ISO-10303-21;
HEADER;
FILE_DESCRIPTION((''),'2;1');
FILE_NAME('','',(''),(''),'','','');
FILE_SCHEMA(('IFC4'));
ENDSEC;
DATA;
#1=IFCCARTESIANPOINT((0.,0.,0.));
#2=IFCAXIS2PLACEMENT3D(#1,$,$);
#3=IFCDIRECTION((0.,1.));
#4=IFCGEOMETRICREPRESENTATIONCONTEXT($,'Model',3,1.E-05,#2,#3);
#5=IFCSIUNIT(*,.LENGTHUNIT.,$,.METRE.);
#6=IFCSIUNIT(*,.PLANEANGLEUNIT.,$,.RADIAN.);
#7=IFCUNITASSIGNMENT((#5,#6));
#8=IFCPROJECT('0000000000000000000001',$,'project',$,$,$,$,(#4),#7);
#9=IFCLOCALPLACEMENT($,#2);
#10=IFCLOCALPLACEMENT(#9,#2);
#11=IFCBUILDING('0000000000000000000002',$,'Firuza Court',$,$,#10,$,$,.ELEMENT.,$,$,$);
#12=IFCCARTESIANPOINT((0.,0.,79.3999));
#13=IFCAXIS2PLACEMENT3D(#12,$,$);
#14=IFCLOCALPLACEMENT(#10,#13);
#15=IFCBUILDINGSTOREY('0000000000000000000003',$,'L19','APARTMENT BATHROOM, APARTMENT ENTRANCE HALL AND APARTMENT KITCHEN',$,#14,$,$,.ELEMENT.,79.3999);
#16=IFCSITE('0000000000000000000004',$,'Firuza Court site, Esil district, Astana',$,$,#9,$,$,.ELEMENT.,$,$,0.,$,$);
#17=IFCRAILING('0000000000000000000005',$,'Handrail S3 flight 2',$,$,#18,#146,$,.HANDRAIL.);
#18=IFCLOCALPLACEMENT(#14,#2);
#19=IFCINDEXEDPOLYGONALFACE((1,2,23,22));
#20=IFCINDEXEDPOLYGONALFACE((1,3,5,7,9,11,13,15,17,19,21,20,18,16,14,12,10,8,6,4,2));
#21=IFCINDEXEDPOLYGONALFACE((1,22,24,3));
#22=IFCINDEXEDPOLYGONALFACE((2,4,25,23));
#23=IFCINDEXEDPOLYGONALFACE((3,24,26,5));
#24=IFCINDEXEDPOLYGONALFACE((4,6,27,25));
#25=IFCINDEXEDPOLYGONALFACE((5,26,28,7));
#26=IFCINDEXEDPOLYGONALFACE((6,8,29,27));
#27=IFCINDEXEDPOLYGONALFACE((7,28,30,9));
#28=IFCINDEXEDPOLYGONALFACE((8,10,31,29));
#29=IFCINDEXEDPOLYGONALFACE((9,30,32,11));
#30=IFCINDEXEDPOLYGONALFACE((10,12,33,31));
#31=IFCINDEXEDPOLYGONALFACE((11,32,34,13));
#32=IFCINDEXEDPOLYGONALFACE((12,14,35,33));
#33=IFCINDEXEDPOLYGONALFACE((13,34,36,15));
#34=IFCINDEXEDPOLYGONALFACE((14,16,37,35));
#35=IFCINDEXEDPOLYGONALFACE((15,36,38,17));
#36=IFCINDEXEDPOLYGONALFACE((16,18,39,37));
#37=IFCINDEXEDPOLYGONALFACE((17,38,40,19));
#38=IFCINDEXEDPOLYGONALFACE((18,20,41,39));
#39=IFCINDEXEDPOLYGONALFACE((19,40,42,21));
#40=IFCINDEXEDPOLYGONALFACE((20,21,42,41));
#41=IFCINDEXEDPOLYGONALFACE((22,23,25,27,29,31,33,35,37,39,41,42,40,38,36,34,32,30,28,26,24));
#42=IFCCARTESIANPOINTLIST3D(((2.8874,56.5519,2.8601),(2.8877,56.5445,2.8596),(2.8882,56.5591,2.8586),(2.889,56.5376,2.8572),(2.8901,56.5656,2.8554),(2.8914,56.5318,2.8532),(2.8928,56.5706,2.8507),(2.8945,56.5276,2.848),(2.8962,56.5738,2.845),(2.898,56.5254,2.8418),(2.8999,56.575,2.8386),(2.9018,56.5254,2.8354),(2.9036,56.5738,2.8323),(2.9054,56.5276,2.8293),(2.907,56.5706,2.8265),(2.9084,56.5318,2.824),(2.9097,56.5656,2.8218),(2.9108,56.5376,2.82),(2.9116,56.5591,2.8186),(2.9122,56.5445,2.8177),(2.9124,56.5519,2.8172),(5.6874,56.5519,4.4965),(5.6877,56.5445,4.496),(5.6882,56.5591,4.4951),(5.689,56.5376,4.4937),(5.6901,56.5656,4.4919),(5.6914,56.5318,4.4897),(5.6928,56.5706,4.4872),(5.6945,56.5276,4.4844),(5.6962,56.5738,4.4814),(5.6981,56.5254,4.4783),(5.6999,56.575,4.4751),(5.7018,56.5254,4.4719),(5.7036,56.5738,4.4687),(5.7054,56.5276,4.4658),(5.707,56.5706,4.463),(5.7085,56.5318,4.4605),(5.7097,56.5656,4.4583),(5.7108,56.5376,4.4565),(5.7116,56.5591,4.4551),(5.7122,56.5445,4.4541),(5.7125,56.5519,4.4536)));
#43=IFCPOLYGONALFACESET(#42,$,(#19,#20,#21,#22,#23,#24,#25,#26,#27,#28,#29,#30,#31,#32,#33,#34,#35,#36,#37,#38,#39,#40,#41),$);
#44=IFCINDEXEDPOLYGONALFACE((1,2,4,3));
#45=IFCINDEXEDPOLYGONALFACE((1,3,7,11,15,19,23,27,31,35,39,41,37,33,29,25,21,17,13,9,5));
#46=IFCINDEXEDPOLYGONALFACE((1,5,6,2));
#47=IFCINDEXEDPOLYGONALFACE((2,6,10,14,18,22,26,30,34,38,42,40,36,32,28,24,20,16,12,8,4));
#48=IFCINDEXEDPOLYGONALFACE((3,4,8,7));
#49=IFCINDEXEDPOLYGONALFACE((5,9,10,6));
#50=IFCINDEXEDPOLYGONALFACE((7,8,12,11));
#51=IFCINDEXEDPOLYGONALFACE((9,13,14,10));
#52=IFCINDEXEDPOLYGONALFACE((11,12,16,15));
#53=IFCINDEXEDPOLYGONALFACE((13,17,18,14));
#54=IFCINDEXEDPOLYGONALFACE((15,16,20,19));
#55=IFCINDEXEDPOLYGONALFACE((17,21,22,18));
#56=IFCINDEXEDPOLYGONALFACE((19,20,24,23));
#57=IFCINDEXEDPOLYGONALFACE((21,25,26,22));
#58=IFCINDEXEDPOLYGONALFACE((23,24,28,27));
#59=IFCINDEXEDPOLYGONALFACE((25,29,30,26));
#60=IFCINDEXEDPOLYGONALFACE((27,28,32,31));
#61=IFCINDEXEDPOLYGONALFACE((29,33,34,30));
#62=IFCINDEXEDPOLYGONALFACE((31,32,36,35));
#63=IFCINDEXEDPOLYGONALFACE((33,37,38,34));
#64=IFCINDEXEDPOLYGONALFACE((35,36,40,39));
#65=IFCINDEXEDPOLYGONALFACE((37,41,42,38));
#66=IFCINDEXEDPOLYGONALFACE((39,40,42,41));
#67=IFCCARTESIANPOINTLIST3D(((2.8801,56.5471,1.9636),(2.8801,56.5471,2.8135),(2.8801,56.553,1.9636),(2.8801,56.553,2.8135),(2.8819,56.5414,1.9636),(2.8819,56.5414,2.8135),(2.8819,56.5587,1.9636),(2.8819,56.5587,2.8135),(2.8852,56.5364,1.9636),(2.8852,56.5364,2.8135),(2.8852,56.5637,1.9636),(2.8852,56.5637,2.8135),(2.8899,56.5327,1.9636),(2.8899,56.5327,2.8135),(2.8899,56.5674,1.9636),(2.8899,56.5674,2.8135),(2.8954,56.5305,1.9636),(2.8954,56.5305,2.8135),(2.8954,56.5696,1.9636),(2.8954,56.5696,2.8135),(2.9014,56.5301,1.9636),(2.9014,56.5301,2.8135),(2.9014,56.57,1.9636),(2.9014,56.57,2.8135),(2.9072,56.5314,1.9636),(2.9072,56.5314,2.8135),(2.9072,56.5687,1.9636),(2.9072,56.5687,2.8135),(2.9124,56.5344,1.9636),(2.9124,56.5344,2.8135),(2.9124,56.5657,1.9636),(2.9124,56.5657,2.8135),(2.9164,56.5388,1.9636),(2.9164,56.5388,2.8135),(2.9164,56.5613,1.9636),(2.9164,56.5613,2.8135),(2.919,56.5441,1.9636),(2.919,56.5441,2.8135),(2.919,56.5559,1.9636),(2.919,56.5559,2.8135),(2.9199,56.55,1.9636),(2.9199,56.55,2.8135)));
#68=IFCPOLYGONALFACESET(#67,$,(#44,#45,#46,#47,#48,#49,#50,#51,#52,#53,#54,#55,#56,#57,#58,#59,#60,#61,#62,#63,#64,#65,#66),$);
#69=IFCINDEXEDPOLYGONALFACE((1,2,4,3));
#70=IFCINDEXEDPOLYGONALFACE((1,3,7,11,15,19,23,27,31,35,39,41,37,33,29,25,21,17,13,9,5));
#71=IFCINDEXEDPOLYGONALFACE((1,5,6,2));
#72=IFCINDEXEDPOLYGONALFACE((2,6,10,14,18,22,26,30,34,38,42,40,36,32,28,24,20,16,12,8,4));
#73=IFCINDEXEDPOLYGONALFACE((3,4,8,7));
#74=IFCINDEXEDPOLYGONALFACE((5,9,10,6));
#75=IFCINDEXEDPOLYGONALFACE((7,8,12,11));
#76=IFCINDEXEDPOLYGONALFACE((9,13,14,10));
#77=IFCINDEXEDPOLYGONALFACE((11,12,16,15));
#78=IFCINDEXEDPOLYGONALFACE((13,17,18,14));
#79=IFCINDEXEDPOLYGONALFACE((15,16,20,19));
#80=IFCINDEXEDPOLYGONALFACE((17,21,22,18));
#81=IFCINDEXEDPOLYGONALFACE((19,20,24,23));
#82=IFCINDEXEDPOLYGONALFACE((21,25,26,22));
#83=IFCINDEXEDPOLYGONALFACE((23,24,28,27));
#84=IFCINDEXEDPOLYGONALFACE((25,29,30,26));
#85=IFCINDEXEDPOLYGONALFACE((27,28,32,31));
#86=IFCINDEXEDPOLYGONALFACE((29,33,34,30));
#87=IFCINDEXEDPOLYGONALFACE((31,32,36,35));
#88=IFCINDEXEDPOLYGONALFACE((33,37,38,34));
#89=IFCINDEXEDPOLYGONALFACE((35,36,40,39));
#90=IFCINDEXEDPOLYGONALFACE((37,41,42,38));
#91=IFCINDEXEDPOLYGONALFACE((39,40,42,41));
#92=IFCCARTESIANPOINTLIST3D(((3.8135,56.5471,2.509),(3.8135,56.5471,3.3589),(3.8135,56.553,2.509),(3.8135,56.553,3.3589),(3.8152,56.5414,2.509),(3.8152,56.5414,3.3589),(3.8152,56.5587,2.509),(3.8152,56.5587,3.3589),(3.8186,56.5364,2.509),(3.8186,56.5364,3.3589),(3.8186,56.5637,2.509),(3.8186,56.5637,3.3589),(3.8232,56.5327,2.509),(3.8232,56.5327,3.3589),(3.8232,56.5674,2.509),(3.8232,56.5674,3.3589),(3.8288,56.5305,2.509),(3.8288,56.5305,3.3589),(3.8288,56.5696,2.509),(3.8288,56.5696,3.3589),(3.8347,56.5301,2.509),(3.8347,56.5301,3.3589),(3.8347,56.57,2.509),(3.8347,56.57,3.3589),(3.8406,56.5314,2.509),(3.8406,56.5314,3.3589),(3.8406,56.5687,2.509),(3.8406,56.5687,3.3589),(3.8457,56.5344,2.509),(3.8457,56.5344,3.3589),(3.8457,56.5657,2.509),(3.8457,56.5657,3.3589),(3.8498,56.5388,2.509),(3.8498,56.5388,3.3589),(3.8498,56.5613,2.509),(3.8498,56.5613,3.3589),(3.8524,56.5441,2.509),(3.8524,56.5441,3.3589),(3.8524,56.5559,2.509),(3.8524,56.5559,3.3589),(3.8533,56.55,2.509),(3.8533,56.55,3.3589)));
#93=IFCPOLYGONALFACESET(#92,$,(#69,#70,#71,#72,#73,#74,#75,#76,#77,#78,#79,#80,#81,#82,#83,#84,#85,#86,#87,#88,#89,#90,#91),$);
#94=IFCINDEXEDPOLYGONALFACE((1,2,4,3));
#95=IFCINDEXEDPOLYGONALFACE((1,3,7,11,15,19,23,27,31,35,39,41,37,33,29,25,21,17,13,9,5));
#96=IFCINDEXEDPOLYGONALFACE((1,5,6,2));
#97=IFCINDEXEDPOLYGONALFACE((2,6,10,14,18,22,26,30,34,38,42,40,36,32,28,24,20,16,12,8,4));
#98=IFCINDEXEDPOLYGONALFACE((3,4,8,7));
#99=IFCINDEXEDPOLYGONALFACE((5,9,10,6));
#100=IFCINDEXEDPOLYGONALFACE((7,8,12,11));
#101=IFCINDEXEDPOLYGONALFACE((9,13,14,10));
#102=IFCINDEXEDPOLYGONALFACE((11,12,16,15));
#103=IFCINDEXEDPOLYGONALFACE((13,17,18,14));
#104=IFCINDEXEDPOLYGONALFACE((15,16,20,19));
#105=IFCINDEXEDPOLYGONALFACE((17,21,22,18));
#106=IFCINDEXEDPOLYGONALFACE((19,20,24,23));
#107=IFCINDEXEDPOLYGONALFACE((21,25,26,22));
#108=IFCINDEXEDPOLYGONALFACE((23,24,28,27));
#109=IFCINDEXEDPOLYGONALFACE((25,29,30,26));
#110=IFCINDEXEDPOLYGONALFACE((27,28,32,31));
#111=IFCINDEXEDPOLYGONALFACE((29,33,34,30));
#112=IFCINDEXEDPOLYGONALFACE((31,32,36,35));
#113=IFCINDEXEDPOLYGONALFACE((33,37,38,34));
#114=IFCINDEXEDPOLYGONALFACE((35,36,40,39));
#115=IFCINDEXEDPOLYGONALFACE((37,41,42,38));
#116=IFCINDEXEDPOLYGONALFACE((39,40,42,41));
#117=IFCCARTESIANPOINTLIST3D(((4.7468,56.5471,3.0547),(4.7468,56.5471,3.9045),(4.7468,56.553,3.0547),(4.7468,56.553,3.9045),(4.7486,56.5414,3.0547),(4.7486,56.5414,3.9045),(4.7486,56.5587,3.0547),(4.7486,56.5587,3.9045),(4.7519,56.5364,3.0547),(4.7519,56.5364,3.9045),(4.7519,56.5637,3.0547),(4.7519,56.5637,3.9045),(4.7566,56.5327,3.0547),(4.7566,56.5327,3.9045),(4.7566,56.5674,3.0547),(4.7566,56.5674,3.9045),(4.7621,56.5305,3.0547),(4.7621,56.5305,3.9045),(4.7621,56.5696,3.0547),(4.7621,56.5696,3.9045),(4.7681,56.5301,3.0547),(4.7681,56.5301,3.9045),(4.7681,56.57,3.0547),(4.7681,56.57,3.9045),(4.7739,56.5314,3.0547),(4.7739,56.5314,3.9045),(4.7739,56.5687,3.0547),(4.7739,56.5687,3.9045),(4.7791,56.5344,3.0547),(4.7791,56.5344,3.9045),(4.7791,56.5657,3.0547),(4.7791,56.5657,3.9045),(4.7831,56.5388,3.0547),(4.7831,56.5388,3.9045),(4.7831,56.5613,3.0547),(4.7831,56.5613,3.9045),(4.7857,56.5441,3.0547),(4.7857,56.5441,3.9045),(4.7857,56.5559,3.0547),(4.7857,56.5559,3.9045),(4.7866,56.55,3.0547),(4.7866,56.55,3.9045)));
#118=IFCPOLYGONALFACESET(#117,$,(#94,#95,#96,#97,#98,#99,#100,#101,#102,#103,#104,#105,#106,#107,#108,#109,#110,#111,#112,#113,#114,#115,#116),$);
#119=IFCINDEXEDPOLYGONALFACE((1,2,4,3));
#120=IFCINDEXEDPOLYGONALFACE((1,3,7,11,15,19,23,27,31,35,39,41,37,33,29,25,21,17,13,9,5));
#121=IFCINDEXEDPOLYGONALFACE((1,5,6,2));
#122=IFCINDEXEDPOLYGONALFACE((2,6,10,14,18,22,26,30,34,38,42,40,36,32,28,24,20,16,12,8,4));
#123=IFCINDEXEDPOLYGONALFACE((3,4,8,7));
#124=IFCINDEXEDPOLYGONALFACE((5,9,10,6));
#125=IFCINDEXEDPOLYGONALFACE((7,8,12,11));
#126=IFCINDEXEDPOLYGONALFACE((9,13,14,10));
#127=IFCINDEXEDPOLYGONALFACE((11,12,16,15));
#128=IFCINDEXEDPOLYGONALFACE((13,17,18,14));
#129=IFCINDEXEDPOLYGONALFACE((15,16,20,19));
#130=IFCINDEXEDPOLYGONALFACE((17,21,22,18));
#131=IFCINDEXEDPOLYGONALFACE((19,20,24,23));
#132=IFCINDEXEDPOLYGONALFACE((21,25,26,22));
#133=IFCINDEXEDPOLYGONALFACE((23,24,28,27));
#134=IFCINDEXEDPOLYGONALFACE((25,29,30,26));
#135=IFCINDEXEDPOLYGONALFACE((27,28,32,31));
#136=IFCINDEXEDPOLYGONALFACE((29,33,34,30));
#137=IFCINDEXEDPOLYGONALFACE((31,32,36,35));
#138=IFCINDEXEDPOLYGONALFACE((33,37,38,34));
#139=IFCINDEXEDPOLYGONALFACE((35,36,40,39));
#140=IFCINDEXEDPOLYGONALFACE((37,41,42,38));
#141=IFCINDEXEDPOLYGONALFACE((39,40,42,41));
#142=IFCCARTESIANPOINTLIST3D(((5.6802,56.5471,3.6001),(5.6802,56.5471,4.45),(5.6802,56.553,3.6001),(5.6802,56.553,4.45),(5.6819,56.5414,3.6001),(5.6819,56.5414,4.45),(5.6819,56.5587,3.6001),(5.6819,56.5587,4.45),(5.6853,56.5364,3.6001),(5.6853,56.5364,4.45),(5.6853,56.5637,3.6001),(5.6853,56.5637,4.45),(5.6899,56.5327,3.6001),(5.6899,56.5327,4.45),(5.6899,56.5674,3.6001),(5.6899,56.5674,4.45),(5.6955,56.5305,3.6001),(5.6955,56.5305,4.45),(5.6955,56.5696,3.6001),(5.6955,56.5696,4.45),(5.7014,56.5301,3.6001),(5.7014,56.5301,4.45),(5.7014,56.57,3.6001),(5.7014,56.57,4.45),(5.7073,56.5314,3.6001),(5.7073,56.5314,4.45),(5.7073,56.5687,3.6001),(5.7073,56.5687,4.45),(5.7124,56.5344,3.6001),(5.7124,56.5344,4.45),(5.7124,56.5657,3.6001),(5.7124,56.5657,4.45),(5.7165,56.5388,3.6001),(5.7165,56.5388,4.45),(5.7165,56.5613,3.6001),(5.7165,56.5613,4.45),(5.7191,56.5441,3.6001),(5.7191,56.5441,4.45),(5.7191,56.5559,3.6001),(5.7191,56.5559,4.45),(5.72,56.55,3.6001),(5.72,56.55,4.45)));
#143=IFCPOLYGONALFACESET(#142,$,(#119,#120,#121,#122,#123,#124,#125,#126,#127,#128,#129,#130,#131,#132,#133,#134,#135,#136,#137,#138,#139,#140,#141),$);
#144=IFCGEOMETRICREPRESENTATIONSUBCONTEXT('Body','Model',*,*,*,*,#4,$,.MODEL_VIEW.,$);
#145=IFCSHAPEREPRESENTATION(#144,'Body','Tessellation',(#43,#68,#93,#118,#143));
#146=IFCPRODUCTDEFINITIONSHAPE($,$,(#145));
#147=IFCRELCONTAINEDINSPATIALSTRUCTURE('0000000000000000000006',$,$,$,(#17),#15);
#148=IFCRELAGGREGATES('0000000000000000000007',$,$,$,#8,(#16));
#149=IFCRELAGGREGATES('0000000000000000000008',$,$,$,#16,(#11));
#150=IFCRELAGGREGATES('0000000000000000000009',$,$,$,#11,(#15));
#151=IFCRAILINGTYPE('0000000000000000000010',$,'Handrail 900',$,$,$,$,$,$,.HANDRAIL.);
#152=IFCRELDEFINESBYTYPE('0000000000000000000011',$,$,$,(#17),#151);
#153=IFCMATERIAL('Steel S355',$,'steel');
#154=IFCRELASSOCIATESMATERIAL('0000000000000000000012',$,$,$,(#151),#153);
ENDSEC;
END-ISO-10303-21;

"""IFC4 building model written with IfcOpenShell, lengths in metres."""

from ifc_helpers import new_model, si_unit, direction, frame, origin, origin_2d, place, context, subcontext, project, spatial, circle, extrude, material, type_object, element, save


model = new_model("IFC4")

# Units and contexts
model_context = context("Model", 3, precision=1e-05, world=origin(), true_north=direction((0.0, 1.0)))
body_context = subcontext(model_context, "Body", "Model", "MODEL_VIEW")
ifc_project = project(units=[si_unit("LENGTHUNIT", "METRE"), si_unit("PLANEANGLEUNIT", "RADIAN")], contexts=[model_context])

# Site, building, storey
site_placement = place(None, origin())
site = spatial("IfcSite", under=ifc_project, at=site_placement, Name="Firuza Court site, Esil district, Astana", CompositionType="ELEMENT", RefElevation=0.0)
building_placement = place(site_placement, origin())
building = spatial("IfcBuilding", under=site, at=building_placement, Name="Firuza Court", CompositionType="ELEMENT")
storey_placement = place(building_placement, frame((0.0, 0.0, 79.3999)))
storey = spatial("IfcBuildingStorey", under=building, at=storey_placement, Name="L19", Description="APARTMENT BATHROOM, APARTMENT ENTRANCE HALL AND APARTMENT KITCHEN", CompositionType="ELEMENT", Elevation=79.3999)

# Railing
ifc_material_1 = material(Name="Steel S355", Category="steel")
railing_type_1 = type_object("IfcRailingType", Name="Handrail 900", PredefinedType="HANDRAIL", material=ifc_material_1)
railing_1_placement = place(storey_placement, frame((2.8999, 56.55, 1.9636)))
element("IfcRailing", 1, at=railing_1_placement, inside=storey, type_object=railing_type_1, Name="Handrail S3 flight 2", PredefinedType="HANDRAIL", context=body_context, shape_type="SweptSolid", body=[
    extrude(circle(Radius=0.0249, at=origin_2d()), frame((0.0, 0.0, 0.875), z_axis=(0.863361, 0.0, 0.504587), x_axis=(0.0, 1.0, 0.0)), (0.0, 0.0, 1.0), 3.2432),
    extrude(circle(Radius=0.02, at=origin_2d()), origin(), (0.0, 0.0, 1.0), 0.8499),
    extrude(circle(Radius=0.02, at=origin_2d()), frame((0.9333, 0.0, 0.5454)), (0.0, 0.0, 1.0), 0.8499),
    extrude(circle(Radius=0.02, at=origin_2d()), frame((1.8667, 0.0, 1.0911)), (0.0, 0.0, 1.0), 0.8499),
    extrude(circle(Radius=0.02, at=origin_2d()), frame((2.8, 0.0, 1.6365)), (0.0, 0.0, 1.0), 0.8499),
])

save(model, "model.ifc")
